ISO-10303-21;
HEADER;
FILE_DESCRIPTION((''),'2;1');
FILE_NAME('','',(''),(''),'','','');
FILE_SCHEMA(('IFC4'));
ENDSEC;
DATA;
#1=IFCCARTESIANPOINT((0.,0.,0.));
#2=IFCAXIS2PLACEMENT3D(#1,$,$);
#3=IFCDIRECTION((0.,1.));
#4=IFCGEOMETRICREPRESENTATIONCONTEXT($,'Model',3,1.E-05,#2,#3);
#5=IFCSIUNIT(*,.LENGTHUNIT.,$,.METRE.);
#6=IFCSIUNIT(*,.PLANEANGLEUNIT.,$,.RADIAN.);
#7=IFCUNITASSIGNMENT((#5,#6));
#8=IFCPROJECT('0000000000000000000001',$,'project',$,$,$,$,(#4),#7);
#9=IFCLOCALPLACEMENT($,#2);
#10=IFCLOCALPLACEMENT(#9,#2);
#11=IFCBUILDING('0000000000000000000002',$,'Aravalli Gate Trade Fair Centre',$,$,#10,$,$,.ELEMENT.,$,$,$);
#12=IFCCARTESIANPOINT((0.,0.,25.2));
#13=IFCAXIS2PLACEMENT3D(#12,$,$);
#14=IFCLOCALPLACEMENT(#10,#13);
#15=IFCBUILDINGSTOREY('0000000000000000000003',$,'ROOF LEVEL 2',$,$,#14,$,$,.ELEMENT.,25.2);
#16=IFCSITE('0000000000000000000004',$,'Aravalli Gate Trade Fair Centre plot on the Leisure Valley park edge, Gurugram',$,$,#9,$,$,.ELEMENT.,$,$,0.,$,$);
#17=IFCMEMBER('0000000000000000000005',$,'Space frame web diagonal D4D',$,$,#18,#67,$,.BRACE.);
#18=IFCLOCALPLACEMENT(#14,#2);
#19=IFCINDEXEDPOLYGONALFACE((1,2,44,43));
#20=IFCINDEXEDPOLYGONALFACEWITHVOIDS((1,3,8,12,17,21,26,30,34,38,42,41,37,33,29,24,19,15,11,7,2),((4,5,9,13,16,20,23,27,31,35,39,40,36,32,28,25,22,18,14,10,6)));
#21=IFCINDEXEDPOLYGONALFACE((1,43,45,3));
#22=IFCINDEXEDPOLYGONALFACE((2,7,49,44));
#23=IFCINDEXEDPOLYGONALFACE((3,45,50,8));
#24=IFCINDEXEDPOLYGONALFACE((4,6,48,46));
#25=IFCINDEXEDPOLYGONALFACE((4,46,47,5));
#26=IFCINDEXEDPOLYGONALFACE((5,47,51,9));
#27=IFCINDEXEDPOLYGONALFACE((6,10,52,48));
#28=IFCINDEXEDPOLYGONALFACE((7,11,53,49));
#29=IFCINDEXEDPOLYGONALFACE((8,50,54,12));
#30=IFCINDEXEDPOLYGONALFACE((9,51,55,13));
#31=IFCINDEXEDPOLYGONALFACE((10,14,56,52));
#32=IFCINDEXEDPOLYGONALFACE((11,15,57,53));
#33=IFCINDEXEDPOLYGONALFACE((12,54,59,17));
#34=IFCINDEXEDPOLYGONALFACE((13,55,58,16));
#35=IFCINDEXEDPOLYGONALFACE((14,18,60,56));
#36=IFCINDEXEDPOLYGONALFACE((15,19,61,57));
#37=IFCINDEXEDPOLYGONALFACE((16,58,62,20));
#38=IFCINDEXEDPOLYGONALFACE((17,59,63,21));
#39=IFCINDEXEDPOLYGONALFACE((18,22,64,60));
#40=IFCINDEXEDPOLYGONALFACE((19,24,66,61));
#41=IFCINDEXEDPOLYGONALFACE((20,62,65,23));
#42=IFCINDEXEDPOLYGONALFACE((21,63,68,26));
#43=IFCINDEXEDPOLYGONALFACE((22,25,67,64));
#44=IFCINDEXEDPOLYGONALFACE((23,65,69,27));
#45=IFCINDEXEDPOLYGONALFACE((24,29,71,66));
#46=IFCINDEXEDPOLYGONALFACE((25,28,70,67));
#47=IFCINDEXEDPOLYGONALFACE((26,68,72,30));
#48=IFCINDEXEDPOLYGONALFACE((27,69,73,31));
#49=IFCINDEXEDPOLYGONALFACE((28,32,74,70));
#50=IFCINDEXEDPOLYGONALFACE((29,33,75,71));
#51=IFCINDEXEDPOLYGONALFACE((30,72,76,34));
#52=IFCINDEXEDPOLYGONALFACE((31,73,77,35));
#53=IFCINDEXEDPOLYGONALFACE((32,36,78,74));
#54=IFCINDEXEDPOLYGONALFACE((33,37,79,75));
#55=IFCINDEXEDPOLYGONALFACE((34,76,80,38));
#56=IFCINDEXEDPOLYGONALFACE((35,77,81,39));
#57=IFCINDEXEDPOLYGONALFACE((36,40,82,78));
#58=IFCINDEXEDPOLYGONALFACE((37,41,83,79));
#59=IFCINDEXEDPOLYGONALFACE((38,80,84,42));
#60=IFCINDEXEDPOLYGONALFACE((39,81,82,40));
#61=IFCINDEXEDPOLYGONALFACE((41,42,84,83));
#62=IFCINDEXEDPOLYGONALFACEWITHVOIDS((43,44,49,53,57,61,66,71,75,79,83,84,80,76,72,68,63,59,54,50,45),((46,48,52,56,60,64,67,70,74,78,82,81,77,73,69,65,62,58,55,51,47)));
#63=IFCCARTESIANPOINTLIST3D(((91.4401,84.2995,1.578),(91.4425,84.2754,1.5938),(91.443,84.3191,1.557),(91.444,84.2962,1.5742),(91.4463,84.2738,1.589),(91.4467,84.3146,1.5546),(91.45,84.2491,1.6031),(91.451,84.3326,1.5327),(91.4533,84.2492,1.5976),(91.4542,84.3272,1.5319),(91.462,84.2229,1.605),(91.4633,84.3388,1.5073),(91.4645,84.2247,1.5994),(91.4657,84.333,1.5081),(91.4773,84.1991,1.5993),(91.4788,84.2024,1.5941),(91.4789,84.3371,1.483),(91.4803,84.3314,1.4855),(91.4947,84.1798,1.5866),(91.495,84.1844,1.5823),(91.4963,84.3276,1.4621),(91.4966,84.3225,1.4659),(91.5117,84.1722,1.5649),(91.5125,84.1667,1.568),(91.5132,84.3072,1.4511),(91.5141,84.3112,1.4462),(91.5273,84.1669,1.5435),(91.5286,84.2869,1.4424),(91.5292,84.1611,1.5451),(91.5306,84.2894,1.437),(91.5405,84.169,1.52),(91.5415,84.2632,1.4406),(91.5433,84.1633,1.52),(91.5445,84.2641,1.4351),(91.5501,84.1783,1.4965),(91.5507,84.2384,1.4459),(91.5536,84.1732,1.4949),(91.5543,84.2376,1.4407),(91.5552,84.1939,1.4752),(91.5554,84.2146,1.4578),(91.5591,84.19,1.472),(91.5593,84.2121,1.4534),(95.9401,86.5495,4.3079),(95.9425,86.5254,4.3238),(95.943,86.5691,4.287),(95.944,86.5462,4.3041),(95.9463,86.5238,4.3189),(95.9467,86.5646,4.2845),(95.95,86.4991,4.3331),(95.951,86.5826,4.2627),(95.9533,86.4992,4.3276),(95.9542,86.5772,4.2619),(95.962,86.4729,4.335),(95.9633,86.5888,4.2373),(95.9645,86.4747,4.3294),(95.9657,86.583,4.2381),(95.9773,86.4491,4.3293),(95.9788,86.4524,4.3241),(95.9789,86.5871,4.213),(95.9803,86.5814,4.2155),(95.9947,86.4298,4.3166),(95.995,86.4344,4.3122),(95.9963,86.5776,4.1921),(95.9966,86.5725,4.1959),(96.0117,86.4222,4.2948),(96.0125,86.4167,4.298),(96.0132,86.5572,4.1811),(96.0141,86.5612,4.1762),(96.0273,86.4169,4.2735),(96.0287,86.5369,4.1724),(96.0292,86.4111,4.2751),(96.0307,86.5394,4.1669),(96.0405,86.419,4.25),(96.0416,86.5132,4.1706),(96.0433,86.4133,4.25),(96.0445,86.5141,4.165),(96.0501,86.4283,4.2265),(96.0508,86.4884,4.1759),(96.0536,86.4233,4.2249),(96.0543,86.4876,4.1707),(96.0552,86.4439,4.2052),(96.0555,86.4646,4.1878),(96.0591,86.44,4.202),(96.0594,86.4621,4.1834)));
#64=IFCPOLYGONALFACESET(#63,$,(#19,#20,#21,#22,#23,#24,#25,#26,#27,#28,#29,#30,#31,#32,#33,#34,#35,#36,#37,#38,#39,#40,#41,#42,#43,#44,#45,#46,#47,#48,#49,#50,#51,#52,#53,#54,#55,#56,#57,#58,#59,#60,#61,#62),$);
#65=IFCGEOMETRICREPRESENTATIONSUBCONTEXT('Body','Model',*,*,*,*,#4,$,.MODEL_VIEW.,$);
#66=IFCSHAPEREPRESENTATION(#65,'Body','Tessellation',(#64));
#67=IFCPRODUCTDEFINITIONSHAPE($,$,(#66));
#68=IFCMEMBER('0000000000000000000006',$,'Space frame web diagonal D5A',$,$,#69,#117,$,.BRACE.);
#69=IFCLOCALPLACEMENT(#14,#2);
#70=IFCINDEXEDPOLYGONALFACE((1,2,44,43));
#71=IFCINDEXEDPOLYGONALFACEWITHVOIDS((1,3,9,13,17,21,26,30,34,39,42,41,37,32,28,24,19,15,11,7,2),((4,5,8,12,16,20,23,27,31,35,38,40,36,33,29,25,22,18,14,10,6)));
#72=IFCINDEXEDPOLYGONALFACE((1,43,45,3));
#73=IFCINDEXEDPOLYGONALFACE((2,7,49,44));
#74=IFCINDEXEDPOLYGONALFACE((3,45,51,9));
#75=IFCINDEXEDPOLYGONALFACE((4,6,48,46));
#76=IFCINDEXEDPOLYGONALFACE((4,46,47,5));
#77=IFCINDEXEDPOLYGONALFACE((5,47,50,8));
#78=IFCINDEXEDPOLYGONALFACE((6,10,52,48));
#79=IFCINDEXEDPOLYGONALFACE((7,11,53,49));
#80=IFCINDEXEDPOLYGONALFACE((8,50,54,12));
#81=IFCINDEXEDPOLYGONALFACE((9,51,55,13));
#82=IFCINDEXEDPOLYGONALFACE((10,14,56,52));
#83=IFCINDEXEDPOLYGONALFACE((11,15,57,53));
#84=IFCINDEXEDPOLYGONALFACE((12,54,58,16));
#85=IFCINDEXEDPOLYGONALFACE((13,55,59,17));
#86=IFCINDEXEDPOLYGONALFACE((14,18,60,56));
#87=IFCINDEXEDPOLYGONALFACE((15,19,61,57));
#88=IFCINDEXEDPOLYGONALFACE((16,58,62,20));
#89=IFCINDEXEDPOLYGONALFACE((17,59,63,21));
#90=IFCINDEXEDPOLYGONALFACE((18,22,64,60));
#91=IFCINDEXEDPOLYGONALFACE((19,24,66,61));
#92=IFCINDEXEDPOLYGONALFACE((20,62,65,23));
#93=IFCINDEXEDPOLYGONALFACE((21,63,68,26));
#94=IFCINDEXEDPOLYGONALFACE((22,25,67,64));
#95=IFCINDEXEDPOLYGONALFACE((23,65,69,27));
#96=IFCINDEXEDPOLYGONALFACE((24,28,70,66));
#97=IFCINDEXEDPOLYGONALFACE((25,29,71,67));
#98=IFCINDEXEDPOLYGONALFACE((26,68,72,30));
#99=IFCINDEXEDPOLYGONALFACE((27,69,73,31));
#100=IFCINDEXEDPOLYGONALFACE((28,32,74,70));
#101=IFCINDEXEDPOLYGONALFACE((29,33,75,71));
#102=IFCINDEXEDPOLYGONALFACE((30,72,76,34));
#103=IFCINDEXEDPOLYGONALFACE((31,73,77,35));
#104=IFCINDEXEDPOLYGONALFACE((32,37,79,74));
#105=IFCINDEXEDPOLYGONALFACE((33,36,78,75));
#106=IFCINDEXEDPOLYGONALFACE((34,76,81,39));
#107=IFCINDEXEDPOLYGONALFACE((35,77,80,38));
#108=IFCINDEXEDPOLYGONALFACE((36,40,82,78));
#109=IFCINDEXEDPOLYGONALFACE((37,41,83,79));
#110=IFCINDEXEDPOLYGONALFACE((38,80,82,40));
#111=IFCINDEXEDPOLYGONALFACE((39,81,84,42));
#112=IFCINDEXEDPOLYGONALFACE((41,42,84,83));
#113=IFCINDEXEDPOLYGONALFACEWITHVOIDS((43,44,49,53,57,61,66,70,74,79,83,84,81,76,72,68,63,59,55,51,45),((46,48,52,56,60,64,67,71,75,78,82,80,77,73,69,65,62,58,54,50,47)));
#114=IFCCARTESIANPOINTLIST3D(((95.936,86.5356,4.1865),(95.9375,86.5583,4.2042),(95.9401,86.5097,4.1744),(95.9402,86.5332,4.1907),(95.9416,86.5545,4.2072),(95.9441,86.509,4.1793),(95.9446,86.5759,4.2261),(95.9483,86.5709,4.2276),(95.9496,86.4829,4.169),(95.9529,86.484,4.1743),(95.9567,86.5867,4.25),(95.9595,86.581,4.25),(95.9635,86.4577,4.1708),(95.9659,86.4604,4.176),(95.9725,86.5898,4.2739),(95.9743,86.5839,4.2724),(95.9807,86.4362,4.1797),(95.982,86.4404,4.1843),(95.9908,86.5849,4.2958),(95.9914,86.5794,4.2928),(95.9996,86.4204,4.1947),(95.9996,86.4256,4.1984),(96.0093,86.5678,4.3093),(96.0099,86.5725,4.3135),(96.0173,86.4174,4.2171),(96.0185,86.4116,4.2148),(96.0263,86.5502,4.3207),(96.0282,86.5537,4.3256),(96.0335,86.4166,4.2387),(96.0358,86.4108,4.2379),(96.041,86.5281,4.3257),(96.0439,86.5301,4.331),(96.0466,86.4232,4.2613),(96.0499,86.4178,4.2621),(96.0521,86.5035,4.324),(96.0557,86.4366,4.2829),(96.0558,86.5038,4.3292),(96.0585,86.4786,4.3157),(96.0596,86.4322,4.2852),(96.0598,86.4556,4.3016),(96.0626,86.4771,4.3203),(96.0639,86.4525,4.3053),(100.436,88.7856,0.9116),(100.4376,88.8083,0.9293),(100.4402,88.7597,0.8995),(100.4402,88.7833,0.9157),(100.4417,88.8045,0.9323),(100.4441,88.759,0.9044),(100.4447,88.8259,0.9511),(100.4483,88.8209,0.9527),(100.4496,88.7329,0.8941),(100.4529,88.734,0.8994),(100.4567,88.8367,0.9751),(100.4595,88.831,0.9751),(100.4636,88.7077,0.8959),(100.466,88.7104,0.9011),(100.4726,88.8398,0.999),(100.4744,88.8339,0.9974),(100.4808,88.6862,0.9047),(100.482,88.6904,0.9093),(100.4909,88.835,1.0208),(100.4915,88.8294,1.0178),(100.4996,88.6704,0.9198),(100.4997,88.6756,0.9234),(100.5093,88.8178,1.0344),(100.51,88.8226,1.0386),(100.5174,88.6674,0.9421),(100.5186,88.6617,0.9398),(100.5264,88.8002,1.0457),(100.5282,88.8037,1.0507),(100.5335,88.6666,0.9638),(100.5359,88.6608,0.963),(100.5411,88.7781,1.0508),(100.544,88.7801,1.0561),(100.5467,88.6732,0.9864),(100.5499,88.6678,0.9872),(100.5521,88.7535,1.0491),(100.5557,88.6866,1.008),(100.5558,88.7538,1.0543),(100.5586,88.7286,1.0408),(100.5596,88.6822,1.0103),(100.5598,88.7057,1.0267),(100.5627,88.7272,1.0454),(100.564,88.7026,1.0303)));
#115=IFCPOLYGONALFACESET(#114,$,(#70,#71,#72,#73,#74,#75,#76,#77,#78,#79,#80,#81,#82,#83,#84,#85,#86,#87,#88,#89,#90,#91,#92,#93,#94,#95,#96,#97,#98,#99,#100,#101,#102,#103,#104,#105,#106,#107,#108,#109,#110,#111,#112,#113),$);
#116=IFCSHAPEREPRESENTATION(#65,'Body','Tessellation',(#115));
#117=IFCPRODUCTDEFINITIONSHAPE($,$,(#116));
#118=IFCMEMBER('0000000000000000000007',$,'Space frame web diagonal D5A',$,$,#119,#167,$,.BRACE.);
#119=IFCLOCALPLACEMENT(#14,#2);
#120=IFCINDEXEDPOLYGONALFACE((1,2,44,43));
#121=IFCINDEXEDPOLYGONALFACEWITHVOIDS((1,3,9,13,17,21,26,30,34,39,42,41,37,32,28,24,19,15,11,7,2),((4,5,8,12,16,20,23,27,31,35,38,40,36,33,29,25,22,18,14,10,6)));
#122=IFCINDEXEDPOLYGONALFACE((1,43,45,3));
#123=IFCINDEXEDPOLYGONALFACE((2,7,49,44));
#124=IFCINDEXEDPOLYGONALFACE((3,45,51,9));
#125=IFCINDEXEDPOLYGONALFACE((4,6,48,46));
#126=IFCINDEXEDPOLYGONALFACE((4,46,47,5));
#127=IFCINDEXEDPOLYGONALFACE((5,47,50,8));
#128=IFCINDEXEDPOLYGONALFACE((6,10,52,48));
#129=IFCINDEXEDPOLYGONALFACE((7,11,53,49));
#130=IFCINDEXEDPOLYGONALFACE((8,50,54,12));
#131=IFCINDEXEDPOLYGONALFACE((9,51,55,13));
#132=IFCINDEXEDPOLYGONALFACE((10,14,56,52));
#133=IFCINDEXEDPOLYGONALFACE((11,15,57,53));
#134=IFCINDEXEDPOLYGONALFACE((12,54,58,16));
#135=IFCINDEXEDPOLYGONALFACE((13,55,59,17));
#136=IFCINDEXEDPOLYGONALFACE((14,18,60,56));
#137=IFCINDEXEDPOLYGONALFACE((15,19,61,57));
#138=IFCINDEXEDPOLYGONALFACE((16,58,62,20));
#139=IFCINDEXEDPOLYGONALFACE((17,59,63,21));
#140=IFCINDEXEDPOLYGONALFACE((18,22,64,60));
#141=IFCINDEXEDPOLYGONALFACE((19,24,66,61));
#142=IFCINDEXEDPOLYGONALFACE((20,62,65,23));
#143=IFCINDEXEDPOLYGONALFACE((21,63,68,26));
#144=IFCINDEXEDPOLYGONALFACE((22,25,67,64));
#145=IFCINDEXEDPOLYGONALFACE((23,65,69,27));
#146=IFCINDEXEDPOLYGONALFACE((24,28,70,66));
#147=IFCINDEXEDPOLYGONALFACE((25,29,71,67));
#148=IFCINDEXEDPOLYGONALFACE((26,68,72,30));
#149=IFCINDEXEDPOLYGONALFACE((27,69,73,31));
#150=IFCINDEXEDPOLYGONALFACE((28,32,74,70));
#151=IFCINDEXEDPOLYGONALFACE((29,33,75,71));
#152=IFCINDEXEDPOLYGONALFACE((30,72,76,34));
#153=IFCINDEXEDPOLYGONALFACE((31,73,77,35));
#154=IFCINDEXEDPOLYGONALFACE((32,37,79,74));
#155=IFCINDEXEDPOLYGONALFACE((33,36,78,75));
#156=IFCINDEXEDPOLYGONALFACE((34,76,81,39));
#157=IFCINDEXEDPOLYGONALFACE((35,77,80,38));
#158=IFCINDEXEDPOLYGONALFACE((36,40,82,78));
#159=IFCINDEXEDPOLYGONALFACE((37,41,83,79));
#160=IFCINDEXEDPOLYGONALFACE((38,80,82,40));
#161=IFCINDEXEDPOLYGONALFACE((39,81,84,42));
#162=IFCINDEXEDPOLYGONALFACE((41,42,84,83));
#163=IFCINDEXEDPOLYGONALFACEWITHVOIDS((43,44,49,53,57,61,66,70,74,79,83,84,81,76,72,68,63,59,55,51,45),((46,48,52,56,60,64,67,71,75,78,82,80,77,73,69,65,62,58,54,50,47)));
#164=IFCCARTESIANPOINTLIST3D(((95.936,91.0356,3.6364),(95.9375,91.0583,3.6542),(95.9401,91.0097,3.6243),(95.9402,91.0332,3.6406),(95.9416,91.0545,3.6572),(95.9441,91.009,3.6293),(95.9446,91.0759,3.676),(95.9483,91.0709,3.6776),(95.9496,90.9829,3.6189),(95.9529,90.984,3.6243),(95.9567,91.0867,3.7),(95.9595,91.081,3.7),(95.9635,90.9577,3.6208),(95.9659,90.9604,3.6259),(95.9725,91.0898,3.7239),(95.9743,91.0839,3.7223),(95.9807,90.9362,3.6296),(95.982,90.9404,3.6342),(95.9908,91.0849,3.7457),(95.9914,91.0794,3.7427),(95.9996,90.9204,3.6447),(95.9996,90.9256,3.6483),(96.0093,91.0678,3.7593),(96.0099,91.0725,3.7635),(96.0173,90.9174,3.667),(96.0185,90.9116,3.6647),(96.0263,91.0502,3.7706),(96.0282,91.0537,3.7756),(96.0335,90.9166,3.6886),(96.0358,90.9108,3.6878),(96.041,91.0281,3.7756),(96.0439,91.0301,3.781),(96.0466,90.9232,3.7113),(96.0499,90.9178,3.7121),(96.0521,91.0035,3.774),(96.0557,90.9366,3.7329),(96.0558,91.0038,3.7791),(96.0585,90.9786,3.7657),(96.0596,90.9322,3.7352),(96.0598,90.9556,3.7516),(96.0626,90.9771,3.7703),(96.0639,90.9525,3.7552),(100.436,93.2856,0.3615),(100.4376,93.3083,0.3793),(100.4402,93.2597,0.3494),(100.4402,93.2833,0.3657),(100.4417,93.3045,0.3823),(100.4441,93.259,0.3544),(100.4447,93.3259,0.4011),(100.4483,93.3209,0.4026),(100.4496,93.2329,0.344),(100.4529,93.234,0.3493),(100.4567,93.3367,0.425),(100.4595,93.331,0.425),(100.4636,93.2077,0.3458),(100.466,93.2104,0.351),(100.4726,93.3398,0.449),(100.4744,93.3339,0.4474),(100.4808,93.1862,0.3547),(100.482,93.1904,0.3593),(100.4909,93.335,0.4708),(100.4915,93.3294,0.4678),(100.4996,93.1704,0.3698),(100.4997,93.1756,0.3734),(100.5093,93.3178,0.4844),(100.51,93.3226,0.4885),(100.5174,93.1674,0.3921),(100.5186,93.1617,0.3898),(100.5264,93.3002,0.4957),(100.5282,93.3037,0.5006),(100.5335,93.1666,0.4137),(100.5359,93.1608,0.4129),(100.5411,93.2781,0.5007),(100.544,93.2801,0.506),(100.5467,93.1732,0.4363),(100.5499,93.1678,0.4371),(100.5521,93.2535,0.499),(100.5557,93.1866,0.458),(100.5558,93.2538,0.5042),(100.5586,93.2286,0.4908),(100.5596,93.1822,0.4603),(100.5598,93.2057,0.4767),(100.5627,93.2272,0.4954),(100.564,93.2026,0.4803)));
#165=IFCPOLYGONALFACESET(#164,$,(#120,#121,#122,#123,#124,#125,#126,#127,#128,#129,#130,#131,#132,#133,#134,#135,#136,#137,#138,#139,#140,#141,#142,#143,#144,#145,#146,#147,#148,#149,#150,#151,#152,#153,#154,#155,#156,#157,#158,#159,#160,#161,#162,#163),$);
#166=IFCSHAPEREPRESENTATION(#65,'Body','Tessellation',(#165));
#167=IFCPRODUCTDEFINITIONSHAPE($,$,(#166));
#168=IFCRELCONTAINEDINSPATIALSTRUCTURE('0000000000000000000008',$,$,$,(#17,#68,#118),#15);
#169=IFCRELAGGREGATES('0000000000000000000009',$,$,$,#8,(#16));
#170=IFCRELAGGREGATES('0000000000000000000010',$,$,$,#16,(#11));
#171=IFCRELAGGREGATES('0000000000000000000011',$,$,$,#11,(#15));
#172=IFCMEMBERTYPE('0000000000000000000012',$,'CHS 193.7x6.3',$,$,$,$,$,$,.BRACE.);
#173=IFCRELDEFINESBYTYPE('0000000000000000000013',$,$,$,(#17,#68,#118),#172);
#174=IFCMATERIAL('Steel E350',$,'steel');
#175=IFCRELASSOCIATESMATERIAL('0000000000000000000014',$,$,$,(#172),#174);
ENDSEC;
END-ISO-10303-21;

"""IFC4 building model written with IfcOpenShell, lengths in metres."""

from ifc_helpers import new_model, si_unit, direction, frame, origin, origin_2d, place, context, subcontext, project, spatial, hollow_circle, extrude, material, material_profile, profile_set, type_object, element, save


model = new_model("IFC4")

# Units and contexts
model_context = context("Model", 3, precision=1e-05, world=origin(), true_north=direction((0.0, 1.0)))
body_context = subcontext(model_context, "Body", "Model", "MODEL_VIEW")
ifc_project = project(units=[si_unit("LENGTHUNIT", "METRE"), si_unit("PLANEANGLEUNIT", "RADIAN")], contexts=[model_context])

# Site, building, storey
site_placement = place(None, origin())
site = spatial("IfcSite", under=ifc_project, at=site_placement, Name="Aravalli Gate Trade Fair Centre plot on the Leisure Valley park edge, Gurugram", CompositionType="ELEMENT", RefElevation=0.0)
building_placement = place(site_placement, origin())
building = spatial("IfcBuilding", under=site, at=building_placement, Name="Aravalli Gate Trade Fair Centre", CompositionType="ELEMENT")
storey_placement = place(building_placement, frame((0.0, 0.0, 25.2)))
storey = spatial("IfcBuildingStorey", under=building, at=storey_placement, Name="ROOF LEVEL 2", CompositionType="ELEMENT", Elevation=25.2)

# Members
ifc_material_1 = material(Name="Steel E350", Category="steel")
ifc_material_profile_1 = material_profile(ifc_material_1, hollow_circle(Radius=0.0969, WallThickness=0.0063, at=origin_2d()), Name="CHS 193.7x6.3")
ifc_profile_set_1 = profile_set([ifc_material_profile_1], Name="Steel E350")
member_type_1 = type_object("IfcMemberType", Name="CHS 193.7x6.3", PredefinedType="BRACE", material=ifc_profile_set_1)
member_1_placement = place(storey_placement, frame((96.0, 86.5, 4.25), z_axis=(-0.78615, -0.393075, -0.476928), x_axis=(0.447214, -0.894427, 0.0)))
element("IfcMember", 1, at=member_1_placement, inside=storey, type_object=member_type_1, Name="Space frame web diagonal D4D", PredefinedType="BRACE", context=body_context, shape_type="SweptSolid", body=[
    extrude(hollow_circle(Radius=0.0969, WallThickness=0.0063, at=origin_2d()), origin(), (0.0, 0.0, 1.0), 5.7241),
])
for number, where, z_axis, x_axis, name in (
    (2, (96.0, 86.5, 4.25), (0.74961, 0.374805, -0.545533), (-0.447214, 0.894427, 0.0), "Space frame web diagonal D5A"),
    (3, (96.0, 91.0, 3.7), (0.74961, 0.374805, -0.545533), (-0.447214, 0.894427, 0.0), "Space frame web diagonal D5A"),
):
    element("IfcMember", number, at=place(storey_placement, frame(where, z_axis=z_axis, x_axis=x_axis)), inside=storey, type_object=member_type_1, Name=name, PredefinedType="BRACE", context=body_context, shape_type="SweptSolid", body=[
        extrude(hollow_circle(Radius=0.0969, WallThickness=0.0063, at=origin_2d()), origin(), (0.0, 0.0, 1.0), 6.0032),
    ])

save(model, "model.ifc")
